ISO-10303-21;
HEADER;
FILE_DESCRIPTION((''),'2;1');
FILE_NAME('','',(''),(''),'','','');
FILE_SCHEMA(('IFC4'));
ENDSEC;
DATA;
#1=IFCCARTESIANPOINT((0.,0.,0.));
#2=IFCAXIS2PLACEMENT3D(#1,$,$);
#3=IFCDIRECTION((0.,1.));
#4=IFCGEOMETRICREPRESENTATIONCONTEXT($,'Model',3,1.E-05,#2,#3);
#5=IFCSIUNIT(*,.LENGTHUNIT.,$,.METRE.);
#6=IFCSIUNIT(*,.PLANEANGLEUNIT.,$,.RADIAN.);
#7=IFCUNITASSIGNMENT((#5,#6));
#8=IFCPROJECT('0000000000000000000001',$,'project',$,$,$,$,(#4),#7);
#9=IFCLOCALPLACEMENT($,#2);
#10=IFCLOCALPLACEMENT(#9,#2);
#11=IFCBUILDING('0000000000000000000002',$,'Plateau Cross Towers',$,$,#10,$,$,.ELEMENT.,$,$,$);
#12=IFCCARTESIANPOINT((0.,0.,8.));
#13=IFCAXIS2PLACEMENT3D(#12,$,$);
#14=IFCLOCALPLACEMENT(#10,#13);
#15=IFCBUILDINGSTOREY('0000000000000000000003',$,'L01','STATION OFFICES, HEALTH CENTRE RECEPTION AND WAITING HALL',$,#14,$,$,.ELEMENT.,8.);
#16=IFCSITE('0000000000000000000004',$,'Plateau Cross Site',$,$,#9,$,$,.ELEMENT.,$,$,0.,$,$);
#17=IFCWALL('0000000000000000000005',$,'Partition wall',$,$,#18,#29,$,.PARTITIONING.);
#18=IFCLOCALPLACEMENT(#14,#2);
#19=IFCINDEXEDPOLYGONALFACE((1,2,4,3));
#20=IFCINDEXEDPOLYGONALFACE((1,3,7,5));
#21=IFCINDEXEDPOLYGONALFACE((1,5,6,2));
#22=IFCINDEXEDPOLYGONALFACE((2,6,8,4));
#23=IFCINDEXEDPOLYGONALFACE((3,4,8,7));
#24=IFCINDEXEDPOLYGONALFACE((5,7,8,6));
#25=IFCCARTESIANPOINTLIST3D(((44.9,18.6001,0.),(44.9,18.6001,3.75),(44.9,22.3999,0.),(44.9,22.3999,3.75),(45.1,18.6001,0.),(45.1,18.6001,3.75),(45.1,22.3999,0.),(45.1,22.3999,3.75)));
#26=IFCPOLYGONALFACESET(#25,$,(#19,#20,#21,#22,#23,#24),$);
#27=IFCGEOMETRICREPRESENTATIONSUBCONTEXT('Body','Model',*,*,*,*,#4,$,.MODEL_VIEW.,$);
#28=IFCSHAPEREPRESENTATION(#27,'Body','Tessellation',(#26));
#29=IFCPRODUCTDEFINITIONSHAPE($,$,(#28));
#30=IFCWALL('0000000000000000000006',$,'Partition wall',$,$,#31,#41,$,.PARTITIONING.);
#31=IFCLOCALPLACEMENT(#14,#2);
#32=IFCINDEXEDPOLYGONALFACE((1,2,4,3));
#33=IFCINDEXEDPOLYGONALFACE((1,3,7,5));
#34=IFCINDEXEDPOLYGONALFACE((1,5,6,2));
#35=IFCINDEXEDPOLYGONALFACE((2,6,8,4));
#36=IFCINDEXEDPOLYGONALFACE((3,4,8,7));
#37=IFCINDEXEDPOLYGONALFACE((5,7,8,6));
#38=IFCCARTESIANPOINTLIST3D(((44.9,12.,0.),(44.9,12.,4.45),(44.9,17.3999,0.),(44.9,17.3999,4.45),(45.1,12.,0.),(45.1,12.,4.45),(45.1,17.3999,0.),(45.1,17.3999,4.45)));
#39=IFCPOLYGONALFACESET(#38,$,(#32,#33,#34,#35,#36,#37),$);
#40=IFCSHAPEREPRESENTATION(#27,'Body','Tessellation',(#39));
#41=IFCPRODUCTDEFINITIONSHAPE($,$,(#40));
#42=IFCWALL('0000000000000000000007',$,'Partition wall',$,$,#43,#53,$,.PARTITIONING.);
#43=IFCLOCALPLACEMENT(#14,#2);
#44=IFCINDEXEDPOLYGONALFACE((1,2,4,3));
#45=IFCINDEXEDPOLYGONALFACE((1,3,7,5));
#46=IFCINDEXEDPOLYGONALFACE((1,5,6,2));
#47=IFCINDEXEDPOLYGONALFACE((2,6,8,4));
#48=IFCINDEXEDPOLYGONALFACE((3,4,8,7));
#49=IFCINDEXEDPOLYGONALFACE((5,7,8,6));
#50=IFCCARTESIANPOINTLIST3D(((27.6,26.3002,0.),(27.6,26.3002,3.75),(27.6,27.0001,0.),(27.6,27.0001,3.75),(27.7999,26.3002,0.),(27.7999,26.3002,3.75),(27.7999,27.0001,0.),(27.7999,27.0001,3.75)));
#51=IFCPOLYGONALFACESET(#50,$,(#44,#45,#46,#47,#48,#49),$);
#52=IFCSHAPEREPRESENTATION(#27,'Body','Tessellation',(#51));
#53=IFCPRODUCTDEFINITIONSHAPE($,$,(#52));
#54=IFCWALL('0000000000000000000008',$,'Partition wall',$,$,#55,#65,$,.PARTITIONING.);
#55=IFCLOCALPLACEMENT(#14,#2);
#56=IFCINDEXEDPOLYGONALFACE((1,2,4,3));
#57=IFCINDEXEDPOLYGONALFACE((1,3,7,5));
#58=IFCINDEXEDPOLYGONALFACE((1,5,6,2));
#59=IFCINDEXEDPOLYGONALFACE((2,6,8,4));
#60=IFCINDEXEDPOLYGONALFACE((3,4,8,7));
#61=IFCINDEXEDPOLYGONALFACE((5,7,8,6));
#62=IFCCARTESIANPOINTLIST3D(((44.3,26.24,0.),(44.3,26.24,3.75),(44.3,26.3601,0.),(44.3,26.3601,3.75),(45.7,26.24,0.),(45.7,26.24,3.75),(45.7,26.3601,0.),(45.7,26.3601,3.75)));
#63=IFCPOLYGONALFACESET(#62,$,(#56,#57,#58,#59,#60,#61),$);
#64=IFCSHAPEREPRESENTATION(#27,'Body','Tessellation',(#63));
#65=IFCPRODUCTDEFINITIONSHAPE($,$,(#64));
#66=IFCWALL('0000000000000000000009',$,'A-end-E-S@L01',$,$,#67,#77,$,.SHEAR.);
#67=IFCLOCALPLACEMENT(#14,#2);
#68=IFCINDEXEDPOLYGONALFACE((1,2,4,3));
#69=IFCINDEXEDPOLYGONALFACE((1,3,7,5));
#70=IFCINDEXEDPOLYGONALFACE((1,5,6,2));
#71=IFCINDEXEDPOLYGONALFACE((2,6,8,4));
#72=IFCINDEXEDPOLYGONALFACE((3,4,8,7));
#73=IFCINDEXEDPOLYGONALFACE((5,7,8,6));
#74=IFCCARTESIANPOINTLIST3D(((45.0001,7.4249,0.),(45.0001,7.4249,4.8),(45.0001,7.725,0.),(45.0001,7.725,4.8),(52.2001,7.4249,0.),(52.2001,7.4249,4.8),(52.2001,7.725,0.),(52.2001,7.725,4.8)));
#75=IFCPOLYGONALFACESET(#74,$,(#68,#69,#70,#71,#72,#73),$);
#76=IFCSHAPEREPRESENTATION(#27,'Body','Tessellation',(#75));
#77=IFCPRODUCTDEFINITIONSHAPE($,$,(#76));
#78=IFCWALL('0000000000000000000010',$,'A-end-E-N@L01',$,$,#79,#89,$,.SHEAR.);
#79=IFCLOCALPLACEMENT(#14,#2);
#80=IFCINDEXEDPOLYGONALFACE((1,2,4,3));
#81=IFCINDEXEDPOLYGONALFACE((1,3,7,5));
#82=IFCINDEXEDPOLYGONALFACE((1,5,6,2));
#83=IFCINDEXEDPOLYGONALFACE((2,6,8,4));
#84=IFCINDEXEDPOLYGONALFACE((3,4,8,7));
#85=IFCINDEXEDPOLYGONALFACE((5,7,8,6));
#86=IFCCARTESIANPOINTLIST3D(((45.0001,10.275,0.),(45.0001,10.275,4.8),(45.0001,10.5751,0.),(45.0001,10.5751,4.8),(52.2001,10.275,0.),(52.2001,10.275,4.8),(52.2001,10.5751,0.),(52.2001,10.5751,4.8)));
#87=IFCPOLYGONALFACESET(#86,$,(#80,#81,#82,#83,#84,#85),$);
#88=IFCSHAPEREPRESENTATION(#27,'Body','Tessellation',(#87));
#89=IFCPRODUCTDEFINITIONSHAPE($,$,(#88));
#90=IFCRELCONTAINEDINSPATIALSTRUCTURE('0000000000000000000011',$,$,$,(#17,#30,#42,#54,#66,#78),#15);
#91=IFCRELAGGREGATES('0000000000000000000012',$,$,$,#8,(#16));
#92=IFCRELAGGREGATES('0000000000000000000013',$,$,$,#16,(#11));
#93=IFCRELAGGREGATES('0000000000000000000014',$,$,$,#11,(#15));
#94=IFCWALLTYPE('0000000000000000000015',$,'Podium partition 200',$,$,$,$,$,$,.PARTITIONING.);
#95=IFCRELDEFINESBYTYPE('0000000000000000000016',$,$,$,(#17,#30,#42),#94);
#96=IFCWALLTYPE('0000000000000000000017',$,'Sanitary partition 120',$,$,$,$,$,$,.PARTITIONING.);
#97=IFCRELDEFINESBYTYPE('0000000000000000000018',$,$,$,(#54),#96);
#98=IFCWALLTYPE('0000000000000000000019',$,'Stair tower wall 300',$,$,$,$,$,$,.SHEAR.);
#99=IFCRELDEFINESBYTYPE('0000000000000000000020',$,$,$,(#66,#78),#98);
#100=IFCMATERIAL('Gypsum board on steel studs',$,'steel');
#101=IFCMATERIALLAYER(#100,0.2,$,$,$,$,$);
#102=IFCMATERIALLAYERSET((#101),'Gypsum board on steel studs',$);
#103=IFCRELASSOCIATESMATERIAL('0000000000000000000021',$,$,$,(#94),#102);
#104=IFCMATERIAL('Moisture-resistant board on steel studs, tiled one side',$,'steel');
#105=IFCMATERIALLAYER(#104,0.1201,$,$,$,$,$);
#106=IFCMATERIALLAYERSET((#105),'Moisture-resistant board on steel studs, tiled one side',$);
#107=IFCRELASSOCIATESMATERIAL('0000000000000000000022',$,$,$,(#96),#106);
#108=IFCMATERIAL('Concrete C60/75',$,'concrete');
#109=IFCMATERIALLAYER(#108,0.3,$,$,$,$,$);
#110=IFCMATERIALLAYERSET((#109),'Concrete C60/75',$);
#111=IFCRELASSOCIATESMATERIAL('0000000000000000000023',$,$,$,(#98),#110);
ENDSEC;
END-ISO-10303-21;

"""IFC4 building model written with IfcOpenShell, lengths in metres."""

from ifc_helpers import new_model, si_unit, direction, frame, frame_2d, origin, place, context, subcontext, project, spatial, rectangle, extrude, material, layer, layer_set, type_object, element, save


model = new_model("IFC4")

# Units and contexts
model_context = context("Model", 3, precision=1e-05, world=origin(), true_north=direction((0.0, 1.0)))
body_context = subcontext(model_context, "Body", "Model", "MODEL_VIEW")
ifc_project = project(units=[si_unit("LENGTHUNIT", "METRE"), si_unit("PLANEANGLEUNIT", "RADIAN")], contexts=[model_context])

# Site, building, storey
site_placement = place(None, origin())
site = spatial("IfcSite", under=ifc_project, at=site_placement, Name="Plateau Cross Site", CompositionType="ELEMENT", RefElevation=0.0)
building_placement = place(site_placement, origin())
building = spatial("IfcBuilding", under=site, at=building_placement, Name="Plateau Cross Towers", CompositionType="ELEMENT")
storey_placement = place(building_placement, frame((0.0, 0.0, 8.0)))
storey = spatial("IfcBuildingStorey", under=building, at=storey_placement, Name="L01", Description="STATION OFFICES, HEALTH CENTRE RECEPTION AND WAITING HALL", CompositionType="ELEMENT", Elevation=8.0)

# Shared definitions
ifc_material_1 = material(Name="Concrete C60/75", Category="concrete")

# Shared definitions
ifc_material_2 = material(Name="Gypsum board on steel studs", Category="steel")
ifc_layer_1 = layer(ifc_material_2, 0.2)
ifc_layer_set_1 = layer_set([ifc_layer_1], Name="Gypsum board on steel studs")
wall_type_1 = type_object("IfcWallType", Name="Podium partition 200", PredefinedType="PARTITIONING", material=ifc_layer_set_1)

# Walls
wall_1_placement = place(storey_placement, frame((45.0, 22.3999, 0.0), z_axis=(0.0, 0.0, 1.0), x_axis=(0.0, -1.0, 0.0)))
element("IfcWall", 1, at=wall_1_placement, inside=storey, type_object=wall_type_1, Name="Partition wall", PredefinedType="PARTITIONING", context=body_context, shape_type="SweptSolid", body=[
    extrude(rectangle(XDim=3.7998, YDim=0.2, at=frame_2d((1.8999, 0.0))), origin(), (0.0, 0.0, 1.0), 3.75),
])
wall_2_placement = place(storey_placement, frame((45.0, 17.3999, 0.0), z_axis=(0.0, 0.0, 1.0), x_axis=(0.0, -1.0, 0.0)))
element("IfcWall", 2, at=wall_2_placement, inside=storey, type_object=wall_type_1, Name="Partition wall", PredefinedType="PARTITIONING", context=body_context, shape_type="SweptSolid", body=[
    extrude(rectangle(XDim=5.3999, YDim=0.2, at=frame_2d((2.7, 0.0))), origin(), (0.0, 0.0, 1.0), 4.45),
])
wall_3_placement = place(storey_placement, frame((27.7, 26.3, 0.0), z_axis=(0.0, 0.0, 1.0), x_axis=(0.0, 1.0, 0.0)))
element("IfcWall", 3, at=wall_3_placement, inside=storey, type_object=wall_type_1, Name="Partition wall", PredefinedType="PARTITIONING", context=body_context, shape_type="SweptSolid", body=[
    extrude(rectangle(XDim=0.7, YDim=0.2, at=frame_2d((0.3501, 0.0))), origin(), (0.0, 0.0, 1.0), 3.75),
])
ifc_material_3 = material(Name="Moisture-resistant board on steel studs, tiled one side", Category="steel")
ifc_layer_2 = layer(ifc_material_3, 0.1201)
ifc_layer_set_2 = layer_set([ifc_layer_2], Name="Moisture-resistant board on steel studs, tiled one side")
wall_type_2 = type_object("IfcWallType", Name="Sanitary partition 120", PredefinedType="PARTITIONING", material=ifc_layer_set_2)
wall_4_placement = place(storey_placement, frame((44.3, 26.3, 0.0), z_axis=(0.0, 0.0, 1.0), x_axis=(1.0, 0.0, 0.0)))
element("IfcWall", 4, at=wall_4_placement, inside=storey, type_object=wall_type_2, Name="Partition wall", PredefinedType="PARTITIONING", context=body_context, shape_type="SweptSolid", body=[
    extrude(rectangle(XDim=1.3999, YDim=0.1201, at=frame_2d((0.7, 0.0))), origin(), (0.0, 0.0, 1.0), 3.75),
])
ifc_layer_3 = layer(ifc_material_1, 0.3)
ifc_layer_set_3 = layer_set([ifc_layer_3], Name="Concrete C60/75")
wall_type_3 = type_object("IfcWallType", Name="Stair tower wall 300", PredefinedType="SHEAR", material=ifc_layer_set_3)
for number, where, z_axis, x_axis, name in (
    (5, (45.0, 7.575, 0.0), (0.0, 0.0, 1.0), (1.0, 0.0, 0.0), "A-end-E-S@L01"),
    (6, (45.0, 10.425, 0.0), (0.0, 0.0, 1.0), (1.0, 0.0, 0.0), "A-end-E-N@L01"),
):
    element("IfcWall", number, at=place(storey_placement, frame(where, z_axis=z_axis, x_axis=x_axis)), inside=storey, type_object=wall_type_3, Name=name, PredefinedType="SHEAR", context=body_context, shape_type="SweptSolid", body=[
        extrude(rectangle(XDim=7.2, YDim=0.3, at=frame_2d((3.6001, 0.0))), origin(), (0.0, 0.0, 1.0), 4.8),
    ])

save(model, "model.ifc")
